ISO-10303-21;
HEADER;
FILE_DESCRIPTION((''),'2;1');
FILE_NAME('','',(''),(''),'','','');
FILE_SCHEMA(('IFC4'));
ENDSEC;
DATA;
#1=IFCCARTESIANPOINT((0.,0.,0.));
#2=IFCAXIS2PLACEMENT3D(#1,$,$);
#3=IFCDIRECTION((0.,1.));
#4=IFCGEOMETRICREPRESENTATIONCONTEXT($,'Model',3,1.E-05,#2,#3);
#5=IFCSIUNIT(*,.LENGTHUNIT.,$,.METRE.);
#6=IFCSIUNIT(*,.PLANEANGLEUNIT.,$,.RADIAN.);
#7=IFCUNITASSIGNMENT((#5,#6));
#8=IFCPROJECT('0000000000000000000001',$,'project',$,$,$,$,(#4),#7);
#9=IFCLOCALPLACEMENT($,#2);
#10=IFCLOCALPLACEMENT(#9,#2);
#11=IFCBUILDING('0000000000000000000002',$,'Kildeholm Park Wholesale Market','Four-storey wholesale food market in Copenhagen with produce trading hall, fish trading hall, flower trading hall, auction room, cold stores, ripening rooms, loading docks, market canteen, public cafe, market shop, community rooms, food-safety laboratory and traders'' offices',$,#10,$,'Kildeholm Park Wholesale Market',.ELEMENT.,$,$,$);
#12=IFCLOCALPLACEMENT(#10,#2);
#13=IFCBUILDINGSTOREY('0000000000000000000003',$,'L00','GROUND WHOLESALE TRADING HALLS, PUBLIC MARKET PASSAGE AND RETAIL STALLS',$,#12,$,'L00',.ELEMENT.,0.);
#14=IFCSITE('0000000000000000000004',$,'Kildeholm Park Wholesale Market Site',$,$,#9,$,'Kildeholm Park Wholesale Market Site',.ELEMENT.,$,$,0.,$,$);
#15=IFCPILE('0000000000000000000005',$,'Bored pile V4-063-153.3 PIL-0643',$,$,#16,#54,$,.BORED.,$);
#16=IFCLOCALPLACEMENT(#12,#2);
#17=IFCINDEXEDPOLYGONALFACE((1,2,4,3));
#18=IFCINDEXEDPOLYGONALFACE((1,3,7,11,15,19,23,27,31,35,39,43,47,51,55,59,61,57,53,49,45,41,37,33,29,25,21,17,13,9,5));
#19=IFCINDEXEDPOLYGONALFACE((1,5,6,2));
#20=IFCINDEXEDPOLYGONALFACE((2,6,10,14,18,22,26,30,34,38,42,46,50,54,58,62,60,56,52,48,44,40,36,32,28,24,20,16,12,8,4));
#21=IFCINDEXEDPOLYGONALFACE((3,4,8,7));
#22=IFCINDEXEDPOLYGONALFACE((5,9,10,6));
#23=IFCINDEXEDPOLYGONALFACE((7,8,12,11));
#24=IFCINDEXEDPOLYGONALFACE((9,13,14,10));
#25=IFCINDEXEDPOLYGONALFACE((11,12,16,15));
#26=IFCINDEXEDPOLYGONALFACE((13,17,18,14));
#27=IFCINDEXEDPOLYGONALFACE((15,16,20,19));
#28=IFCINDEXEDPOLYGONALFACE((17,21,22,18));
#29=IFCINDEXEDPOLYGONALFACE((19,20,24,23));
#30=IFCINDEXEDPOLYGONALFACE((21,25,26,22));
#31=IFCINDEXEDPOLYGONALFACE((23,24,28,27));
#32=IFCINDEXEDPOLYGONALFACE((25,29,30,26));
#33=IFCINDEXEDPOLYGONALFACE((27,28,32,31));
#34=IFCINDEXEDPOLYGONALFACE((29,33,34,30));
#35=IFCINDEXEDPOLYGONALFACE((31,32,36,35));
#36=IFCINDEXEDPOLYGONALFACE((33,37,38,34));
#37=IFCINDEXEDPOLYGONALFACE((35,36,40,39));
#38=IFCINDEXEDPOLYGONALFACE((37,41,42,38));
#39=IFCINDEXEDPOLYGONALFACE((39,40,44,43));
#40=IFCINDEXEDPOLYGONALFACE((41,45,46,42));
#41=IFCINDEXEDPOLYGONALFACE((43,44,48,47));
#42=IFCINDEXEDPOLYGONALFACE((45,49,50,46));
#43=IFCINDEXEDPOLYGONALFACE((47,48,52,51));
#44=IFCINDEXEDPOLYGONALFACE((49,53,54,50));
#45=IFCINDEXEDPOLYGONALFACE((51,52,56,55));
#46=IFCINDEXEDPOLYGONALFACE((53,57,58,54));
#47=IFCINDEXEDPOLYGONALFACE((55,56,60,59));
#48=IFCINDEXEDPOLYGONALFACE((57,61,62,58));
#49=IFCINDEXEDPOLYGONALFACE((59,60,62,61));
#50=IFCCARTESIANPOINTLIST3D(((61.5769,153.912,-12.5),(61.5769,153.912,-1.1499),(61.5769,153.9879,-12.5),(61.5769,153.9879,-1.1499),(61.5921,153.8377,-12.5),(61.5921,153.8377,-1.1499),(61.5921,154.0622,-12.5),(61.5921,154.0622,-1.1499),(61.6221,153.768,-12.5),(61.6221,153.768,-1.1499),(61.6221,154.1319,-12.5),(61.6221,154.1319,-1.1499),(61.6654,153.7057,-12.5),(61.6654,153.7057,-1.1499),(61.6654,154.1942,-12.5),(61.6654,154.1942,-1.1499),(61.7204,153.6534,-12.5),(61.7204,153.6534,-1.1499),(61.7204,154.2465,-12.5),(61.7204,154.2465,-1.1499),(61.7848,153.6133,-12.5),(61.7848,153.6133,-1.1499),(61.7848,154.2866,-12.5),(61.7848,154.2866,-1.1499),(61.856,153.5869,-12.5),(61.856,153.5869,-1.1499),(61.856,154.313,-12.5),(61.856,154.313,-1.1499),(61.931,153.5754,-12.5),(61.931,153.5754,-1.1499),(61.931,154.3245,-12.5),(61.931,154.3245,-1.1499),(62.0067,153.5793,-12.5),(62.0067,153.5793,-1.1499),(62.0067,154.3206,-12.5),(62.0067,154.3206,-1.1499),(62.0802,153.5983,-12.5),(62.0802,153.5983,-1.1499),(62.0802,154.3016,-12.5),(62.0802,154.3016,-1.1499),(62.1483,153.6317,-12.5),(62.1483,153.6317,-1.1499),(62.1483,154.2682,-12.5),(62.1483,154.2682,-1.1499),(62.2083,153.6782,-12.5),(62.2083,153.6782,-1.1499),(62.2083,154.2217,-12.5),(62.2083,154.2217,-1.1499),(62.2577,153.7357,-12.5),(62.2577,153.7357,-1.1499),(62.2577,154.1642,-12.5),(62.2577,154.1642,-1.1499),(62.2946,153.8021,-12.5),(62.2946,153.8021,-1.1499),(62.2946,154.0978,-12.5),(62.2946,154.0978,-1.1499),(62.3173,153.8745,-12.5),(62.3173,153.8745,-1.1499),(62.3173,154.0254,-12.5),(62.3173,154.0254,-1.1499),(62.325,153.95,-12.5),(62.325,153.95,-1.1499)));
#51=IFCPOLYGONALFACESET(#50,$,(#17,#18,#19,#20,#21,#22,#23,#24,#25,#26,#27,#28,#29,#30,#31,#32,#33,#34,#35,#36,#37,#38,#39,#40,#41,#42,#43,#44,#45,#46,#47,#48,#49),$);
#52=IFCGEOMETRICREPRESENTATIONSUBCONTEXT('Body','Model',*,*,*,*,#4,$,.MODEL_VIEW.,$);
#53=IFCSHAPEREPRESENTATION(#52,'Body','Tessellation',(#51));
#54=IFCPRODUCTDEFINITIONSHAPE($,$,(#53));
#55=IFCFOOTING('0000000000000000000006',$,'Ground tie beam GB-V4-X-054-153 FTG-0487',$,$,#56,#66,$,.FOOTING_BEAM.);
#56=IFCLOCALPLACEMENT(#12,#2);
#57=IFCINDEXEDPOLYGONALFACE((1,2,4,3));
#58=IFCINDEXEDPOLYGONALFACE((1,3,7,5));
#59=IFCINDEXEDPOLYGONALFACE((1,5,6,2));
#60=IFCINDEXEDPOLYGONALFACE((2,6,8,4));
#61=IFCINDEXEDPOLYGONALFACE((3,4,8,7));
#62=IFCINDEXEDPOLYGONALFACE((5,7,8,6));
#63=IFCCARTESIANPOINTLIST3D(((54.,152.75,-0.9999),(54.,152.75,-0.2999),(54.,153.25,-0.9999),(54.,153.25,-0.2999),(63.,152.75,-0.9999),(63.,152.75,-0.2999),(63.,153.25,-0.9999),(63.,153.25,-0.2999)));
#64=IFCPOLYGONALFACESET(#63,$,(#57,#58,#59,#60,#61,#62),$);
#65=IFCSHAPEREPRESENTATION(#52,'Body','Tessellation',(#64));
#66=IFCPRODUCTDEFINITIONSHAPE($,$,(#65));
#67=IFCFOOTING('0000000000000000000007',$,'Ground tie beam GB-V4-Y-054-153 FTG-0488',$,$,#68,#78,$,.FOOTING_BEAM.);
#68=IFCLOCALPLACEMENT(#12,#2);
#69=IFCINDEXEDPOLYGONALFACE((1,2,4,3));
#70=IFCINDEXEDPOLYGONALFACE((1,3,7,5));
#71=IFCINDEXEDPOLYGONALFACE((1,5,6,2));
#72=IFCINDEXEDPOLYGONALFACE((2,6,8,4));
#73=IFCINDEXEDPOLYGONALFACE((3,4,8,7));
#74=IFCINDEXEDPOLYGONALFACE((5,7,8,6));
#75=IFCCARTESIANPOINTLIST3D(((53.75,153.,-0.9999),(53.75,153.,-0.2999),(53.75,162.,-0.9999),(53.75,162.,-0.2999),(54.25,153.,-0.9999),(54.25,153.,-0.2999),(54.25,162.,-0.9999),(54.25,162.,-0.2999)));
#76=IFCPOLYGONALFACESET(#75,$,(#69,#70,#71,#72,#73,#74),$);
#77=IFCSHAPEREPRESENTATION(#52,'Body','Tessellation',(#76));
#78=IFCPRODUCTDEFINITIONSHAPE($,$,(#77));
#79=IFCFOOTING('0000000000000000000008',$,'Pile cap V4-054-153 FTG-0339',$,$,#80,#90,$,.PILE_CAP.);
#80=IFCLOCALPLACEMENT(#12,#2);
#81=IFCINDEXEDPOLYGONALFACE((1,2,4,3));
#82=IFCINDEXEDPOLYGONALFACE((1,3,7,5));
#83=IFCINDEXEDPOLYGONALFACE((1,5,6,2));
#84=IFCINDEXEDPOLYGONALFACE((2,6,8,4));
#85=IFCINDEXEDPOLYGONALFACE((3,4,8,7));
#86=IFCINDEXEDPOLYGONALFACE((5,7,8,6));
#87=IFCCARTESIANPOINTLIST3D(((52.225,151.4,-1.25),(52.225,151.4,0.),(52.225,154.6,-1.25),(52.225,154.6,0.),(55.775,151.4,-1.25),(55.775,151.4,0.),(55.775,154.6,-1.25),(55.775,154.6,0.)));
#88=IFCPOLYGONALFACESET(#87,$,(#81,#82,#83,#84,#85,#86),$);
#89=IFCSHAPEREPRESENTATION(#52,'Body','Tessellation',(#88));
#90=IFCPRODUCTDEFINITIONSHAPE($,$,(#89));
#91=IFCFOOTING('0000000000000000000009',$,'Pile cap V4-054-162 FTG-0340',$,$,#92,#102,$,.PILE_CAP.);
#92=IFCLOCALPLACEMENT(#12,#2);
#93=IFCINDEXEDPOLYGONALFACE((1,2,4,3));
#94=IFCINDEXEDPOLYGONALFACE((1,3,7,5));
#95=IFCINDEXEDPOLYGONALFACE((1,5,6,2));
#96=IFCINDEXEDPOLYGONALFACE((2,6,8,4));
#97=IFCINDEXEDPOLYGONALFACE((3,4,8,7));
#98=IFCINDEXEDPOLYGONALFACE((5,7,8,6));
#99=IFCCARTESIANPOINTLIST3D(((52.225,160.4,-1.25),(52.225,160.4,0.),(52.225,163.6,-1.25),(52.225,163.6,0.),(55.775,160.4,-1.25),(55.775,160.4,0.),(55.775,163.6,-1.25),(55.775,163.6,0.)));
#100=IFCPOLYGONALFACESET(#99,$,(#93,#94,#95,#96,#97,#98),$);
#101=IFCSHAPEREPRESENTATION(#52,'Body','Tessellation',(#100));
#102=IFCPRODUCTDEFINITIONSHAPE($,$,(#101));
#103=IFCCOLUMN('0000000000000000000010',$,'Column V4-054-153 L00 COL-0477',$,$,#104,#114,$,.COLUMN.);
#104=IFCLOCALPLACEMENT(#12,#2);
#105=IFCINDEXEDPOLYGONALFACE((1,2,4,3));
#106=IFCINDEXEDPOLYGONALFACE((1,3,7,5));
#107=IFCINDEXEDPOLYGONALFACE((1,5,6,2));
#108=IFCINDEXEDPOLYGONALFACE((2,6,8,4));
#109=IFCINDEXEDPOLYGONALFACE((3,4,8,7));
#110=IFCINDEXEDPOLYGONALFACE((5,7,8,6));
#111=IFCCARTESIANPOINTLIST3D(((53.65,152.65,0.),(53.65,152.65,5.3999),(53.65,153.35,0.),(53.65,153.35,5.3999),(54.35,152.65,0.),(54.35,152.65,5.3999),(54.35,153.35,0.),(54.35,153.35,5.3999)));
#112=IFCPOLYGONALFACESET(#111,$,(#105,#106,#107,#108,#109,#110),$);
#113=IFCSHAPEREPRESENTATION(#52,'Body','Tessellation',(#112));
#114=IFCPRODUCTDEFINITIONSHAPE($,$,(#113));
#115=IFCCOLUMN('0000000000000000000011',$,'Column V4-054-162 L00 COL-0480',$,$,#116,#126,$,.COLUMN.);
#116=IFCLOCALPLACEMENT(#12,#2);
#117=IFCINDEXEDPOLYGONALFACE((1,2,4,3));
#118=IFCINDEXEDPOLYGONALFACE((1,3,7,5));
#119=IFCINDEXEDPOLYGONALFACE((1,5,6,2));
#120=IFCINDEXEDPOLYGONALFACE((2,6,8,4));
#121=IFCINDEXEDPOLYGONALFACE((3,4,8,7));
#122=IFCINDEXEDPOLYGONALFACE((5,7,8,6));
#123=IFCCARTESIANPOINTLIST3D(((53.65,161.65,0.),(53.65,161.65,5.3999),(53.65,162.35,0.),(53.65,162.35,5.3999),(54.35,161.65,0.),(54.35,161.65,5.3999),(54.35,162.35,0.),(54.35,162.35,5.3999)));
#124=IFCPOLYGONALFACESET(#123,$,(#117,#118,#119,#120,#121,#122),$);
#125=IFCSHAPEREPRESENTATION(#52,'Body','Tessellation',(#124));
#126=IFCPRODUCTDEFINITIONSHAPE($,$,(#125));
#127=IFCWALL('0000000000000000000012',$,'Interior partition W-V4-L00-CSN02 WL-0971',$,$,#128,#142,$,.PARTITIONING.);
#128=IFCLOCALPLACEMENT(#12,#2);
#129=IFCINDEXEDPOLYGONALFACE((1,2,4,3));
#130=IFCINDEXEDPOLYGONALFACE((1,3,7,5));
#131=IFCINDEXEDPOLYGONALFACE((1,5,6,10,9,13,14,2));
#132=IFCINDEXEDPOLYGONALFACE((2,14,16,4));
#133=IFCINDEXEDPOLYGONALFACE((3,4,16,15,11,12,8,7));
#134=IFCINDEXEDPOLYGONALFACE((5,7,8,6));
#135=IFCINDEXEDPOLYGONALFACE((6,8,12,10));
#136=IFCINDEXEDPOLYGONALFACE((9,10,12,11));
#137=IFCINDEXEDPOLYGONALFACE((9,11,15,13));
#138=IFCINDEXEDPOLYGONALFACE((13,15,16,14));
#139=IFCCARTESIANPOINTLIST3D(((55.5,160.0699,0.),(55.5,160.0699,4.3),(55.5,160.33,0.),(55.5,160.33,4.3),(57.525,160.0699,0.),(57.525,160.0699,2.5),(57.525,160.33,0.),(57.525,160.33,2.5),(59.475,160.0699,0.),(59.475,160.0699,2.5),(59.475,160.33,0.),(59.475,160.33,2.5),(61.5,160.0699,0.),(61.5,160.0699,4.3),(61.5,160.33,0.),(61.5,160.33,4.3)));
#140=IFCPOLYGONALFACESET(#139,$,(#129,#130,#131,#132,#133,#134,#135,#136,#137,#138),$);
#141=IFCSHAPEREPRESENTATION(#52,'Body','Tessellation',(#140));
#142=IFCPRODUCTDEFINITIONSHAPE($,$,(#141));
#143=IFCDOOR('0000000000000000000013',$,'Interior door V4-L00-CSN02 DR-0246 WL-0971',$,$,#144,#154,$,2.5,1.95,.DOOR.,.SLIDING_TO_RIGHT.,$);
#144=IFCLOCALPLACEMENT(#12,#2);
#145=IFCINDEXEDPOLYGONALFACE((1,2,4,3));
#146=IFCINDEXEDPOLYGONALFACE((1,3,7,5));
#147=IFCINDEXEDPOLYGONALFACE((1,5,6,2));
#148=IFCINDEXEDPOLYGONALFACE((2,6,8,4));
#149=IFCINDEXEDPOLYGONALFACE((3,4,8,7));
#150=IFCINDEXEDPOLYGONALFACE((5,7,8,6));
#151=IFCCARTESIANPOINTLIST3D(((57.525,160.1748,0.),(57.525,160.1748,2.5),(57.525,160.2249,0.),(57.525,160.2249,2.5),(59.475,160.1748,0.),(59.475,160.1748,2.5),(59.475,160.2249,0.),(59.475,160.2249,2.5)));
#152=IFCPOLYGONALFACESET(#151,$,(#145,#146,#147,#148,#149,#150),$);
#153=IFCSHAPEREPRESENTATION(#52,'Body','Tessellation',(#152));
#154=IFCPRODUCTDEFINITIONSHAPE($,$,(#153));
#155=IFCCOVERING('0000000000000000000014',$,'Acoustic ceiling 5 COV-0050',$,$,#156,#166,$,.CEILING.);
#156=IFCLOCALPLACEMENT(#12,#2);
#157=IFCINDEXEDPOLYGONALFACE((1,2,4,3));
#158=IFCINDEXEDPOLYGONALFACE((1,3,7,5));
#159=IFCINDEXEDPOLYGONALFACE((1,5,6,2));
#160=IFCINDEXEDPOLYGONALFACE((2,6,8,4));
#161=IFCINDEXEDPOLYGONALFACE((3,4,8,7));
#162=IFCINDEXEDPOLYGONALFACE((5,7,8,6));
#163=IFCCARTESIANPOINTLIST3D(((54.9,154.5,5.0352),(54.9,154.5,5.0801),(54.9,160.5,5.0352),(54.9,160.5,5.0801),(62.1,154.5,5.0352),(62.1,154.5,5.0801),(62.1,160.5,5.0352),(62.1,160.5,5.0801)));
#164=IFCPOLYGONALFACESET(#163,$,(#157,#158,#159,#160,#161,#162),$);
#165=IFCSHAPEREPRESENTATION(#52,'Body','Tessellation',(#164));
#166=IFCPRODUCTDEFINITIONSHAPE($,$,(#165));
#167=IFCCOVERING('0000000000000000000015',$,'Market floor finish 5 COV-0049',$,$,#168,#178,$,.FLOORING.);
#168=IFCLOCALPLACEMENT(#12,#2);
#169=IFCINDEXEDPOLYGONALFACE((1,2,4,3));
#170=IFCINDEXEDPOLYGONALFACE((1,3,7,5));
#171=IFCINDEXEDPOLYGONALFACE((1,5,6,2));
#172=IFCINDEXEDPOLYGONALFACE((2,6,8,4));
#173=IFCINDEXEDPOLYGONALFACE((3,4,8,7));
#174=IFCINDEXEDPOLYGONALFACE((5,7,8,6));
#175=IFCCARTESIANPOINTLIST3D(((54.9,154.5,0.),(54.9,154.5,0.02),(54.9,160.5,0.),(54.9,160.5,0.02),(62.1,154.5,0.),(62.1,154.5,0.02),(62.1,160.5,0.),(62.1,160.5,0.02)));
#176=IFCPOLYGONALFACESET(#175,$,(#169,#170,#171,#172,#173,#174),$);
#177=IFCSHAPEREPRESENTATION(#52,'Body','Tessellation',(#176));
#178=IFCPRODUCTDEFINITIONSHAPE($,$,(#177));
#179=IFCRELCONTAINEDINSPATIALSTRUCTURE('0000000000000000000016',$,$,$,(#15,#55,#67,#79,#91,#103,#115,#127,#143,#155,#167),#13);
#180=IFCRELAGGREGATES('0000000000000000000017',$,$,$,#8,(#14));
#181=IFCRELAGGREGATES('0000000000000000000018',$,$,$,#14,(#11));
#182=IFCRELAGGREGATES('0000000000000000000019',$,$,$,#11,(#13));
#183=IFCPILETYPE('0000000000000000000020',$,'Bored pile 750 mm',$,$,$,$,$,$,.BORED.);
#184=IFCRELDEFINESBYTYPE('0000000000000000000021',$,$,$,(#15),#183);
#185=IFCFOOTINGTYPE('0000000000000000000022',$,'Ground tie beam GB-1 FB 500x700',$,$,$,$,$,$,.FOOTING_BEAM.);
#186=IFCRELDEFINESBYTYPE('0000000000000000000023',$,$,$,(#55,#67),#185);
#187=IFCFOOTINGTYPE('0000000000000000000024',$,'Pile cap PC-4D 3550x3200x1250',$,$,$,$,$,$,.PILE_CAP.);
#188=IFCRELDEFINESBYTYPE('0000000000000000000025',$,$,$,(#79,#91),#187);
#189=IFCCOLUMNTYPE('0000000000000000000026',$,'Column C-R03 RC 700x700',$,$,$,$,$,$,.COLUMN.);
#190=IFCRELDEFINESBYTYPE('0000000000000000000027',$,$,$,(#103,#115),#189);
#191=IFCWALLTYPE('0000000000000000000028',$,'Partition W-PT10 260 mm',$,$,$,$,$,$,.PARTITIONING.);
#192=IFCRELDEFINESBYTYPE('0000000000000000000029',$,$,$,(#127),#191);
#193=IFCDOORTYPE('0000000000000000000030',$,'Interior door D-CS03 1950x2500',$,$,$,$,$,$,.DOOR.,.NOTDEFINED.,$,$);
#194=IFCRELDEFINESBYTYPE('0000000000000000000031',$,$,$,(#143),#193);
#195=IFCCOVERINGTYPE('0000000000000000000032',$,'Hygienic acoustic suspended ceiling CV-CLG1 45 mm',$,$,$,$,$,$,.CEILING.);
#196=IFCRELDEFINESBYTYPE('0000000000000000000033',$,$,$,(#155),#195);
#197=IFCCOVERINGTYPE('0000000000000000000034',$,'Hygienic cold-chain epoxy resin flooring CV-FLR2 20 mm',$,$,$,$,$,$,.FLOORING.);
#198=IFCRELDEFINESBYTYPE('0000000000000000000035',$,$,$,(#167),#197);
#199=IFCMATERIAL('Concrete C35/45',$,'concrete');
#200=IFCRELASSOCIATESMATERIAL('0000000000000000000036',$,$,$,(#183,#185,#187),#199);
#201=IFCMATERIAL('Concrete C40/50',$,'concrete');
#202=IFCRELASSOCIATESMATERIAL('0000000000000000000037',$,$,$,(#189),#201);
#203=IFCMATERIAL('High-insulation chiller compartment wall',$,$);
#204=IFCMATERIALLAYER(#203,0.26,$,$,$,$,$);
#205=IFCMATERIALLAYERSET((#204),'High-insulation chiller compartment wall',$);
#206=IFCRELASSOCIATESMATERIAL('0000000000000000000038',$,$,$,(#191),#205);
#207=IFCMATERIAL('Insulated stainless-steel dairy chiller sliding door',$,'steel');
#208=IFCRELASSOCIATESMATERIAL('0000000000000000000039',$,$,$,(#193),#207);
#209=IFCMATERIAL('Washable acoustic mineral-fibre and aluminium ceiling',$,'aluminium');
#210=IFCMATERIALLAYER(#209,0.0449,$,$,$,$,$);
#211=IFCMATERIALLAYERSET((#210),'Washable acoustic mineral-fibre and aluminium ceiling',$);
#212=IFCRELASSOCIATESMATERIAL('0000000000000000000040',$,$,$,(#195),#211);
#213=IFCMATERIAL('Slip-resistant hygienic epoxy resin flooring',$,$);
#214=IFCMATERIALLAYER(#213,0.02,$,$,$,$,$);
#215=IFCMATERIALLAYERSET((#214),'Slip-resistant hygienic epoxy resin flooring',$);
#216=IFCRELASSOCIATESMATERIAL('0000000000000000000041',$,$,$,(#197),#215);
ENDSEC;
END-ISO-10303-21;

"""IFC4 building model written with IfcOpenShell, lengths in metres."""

from ifc_helpers import new_model, si_unit, direction, frame, frame_2d, origin, origin_2d, place, context, subcontext, project, spatial, rectangle, circle, extrude, material, layer, layer_set, material_profile, profile_set, type_object, element, fill, save


model = new_model("IFC4")

# Units and contexts
model_context = context("Model", 3, precision=1e-05, world=origin(), true_north=direction((0.0, 1.0)))
body_context = subcontext(model_context, "Body", "Model", "MODEL_VIEW")
ifc_project = project(units=[si_unit("LENGTHUNIT", "METRE"), si_unit("PLANEANGLEUNIT", "RADIAN")], contexts=[model_context])

# Site, building, storey
site_placement = place(None, origin())
site = spatial("IfcSite", under=ifc_project, at=site_placement, Name="Kildeholm Park Wholesale Market Site", LongName="Kildeholm Park Wholesale Market Site", CompositionType="ELEMENT", RefElevation=0.0)
building_placement = place(site_placement, origin())
building = spatial("IfcBuilding", under=site, at=building_placement, Name="Kildeholm Park Wholesale Market", Description="Four-storey wholesale food market in Copenhagen with produce trading hall, fish trading hall, flower trading hall, auction room, cold stores, ripening rooms, loading docks, market canteen, public cafe, market shop, community rooms, food-safety laboratory and traders' offices", LongName="Kildeholm Park Wholesale Market", CompositionType="ELEMENT")
storey_placement = place(building_placement, origin())
storey = spatial("IfcBuildingStorey", under=building, at=storey_placement, Name="L00", Description="GROUND WHOLESALE TRADING HALLS, PUBLIC MARKET PASSAGE AND RETAIL STALLS", LongName="L00", CompositionType="ELEMENT", Elevation=0.0)

# Pile
ifc_material_1 = material(Name="Concrete C35/45", Category="concrete")
ifc_material_profile_1 = material_profile(ifc_material_1, circle(Radius=0.375, at=origin_2d()), Name="PILE D750")
ifc_profile_set_1 = profile_set([ifc_material_profile_1], Name="Concrete C35/45")
pile_type = type_object("IfcPileType", Name="Bored pile 750 mm", PredefinedType="BORED", material=ifc_profile_set_1)
for number, where, z_axis, x_axis, name in (
    (1, (61.95, 153.95, -1.1499), (0.0, 0.0, -1.0), (1.0, 0.0, 0.0), "Bored pile V4-063-153.3 PIL-0643"),
):
    element("IfcPile", number, at=place(storey_placement, frame(where, z_axis=z_axis, x_axis=x_axis)), inside=storey, type_object=pile_type, Name=name, PredefinedType="BORED", context=body_context, shape_type="SweptSolid", body=[
        extrude(circle(Radius=0.375, at=origin_2d()), origin(), (0.0, 0.0, 1.0), 11.3501),
    ])

# Footings
ifc_material_profile_2 = material_profile(ifc_material_1, rectangle(XDim=0.5, YDim=0.7, at=origin_2d()), Name="FB 500x700")
ifc_profile_set_2 = profile_set([ifc_material_profile_2], Name="Concrete C35/45")
footing_type_1 = type_object("IfcFootingType", Name="Ground tie beam GB-1 FB 500x700", PredefinedType="FOOTING_BEAM", material=ifc_profile_set_2)
for number, where, z_axis, x_axis, name in (
    (2, (54.0, 153.0, -0.6499), (1.0, 0.0, 0.0), (0.0, 1.0, 0.0), "Ground tie beam GB-V4-X-054-153 FTG-0487"),
    (3, (54.0, 153.0, -0.6499), (0.0, 1.0, 0.0), (-1.0, 0.0, 0.0), "Ground tie beam GB-V4-Y-054-153 FTG-0488"),
):
    element("IfcFooting", number, at=place(storey_placement, frame(where, z_axis=z_axis, x_axis=x_axis)), inside=storey, type_object=footing_type_1, Name=name, PredefinedType="FOOTING_BEAM", context=body_context, shape_type="SweptSolid", body=[
        extrude(rectangle(XDim=0.5, YDim=0.7, at=origin_2d()), origin(), (0.0, 0.0, 1.0), 9.0),
    ])
footing_type_2 = type_object("IfcFootingType", Name="Pile cap PC-4D 3550x3200x1250", PredefinedType="PILE_CAP", material=ifc_material_1)
for number, where, z_axis, x_axis, name in (
    (4, (54.0, 153.0, -1.25), (0.0, 0.0, 1.0), (1.0, 0.0, 0.0), "Pile cap V4-054-153 FTG-0339"),
    (5, (54.0, 162.0, -1.25), (0.0, 0.0, 1.0), (1.0, 0.0, 0.0), "Pile cap V4-054-162 FTG-0340"),
):
    element("IfcFooting", number, at=place(storey_placement, frame(where, z_axis=z_axis, x_axis=x_axis)), inside=storey, type_object=footing_type_2, Name=name, PredefinedType="PILE_CAP", context=body_context, shape_type="SweptSolid", body=[
        extrude(rectangle(XDim=3.55, YDim=3.2, at=origin_2d()), origin(), (0.0, 0.0, 1.0), 1.25),
    ])

# Columns
ifc_material_2 = material(Name="Concrete C40/50", Category="concrete")
ifc_material_profile_3 = material_profile(ifc_material_2, rectangle(XDim=0.7, YDim=0.7, at=origin_2d()), Name="RC 700x700")
ifc_profile_set_3 = profile_set([ifc_material_profile_3], Name="Concrete C40/50")
column_type = type_object("IfcColumnType", Name="Column C-R03 RC 700x700", PredefinedType="COLUMN", material=ifc_profile_set_3)
for number, where, z_axis, x_axis, name in (
    (6, (54.0, 153.0, 0.0), (0.0, 0.0, 1.0), (1.0, 0.0, 0.0), "Column V4-054-153 L00 COL-0477"),
    (7, (54.0, 162.0, 0.0), (0.0, 0.0, 1.0), (1.0, 0.0, 0.0), "Column V4-054-162 L00 COL-0480"),
):
    element("IfcColumn", number, at=place(storey_placement, frame(where, z_axis=z_axis, x_axis=x_axis)), inside=storey, type_object=column_type, Name=name, PredefinedType="COLUMN", context=body_context, shape_type="SweptSolid", body=[
        extrude(rectangle(XDim=0.7, YDim=0.7, at=origin_2d()), origin(), (0.0, 0.0, 1.0), 5.3999),
    ])

# Wall, opening, door
ifc_material_3 = material(Name="High-insulation chiller compartment wall")
ifc_layer_1 = layer(ifc_material_3, 0.26)
ifc_layer_set_1 = layer_set([ifc_layer_1], Name="High-insulation chiller compartment wall")
wall_type = type_object("IfcWallType", Name="Partition W-PT10 260 mm", PredefinedType="PARTITIONING", material=ifc_layer_set_1)
wall_placement = place(storey_placement, frame((55.5, 160.2, 0.0), z_axis=(0.0, 0.0, 1.0), x_axis=(1.0, 0.0, 0.0)))
wall = element("IfcWall", 8, at=wall_placement, inside=storey, type_object=wall_type, Name="Interior partition W-V4-L00-CSN02 WL-0971", PredefinedType="PARTITIONING", context=body_context, shape_type="SweptSolid", body=[
    extrude(rectangle(XDim=6.0, YDim=0.26, at=frame_2d((3.0, 0.0))), origin(), (0.0, 0.0, 1.0), 4.3),
])
opening_placement = place(wall_placement, frame((2.0249, 0.0, 0.0)))
opening = element("IfcOpeningElement", 9, at=opening_placement, cuts=wall, PredefinedType="OPENING", context=body_context, shape_type="SweptSolid", body=[
    extrude(rectangle(XDim=1.95, YDim=2.5, at=frame_2d((0.9751, 1.25))), frame((0.0, 0.1399, 0.0), z_axis=(0.0, -1.0, 0.0), x_axis=(1.0, 0.0, 0.0)), (0.0, 0.0, 1.0), 0.28),
])
ifc_material_4 = material(Name="Insulated stainless-steel dairy chiller sliding door", Category="steel")
door_type = type_object("IfcDoorType", Name="Interior door D-CS03 1950x2500", OperationType="NOTDEFINED", PredefinedType="DOOR", material=ifc_material_4)
door_placement = place(opening_placement, origin())
door = element("IfcDoor", 10, at=door_placement, inside=storey, type_object=door_type, Name="Interior door V4-L00-CSN02 DR-0246 WL-0971", OperationType="SLIDING_TO_RIGHT", OverallHeight=2.5, OverallWidth=1.95, PredefinedType="DOOR", context=body_context, shape_type="SweptSolid", body=[
    extrude(rectangle(XDim=1.95, YDim=2.5, at=frame_2d((0.9751, 1.25))), frame((0.0, 0.0249, 0.0), z_axis=(0.0, -1.0, 0.0), x_axis=(1.0, 0.0, 0.0)), (0.0, 0.0, 1.0), 0.05),
])
fill(opening, door)

# Coverings
ifc_material_5 = material(Name="Washable acoustic mineral-fibre and aluminium ceiling", Category="aluminium")
ifc_layer_2 = layer(ifc_material_5, 0.0449)
ifc_layer_set_2 = layer_set([ifc_layer_2], Name="Washable acoustic mineral-fibre and aluminium ceiling")
covering_type_1 = type_object("IfcCoveringType", Name="Hygienic acoustic suspended ceiling CV-CLG1 45 mm", PredefinedType="CEILING", material=ifc_layer_set_2)
covering_1_placement = place(storey_placement, frame((58.5, 157.5, 5.0352), z_axis=(0.0, 0.0, 1.0), x_axis=(1.0, 0.0, 0.0)))
element("IfcCovering", 11, at=covering_1_placement, inside=storey, type_object=covering_type_1, Name="Acoustic ceiling 5 COV-0050", PredefinedType="CEILING", context=body_context, shape_type="SweptSolid", body=[
    extrude(rectangle(XDim=7.2, YDim=6.0, at=origin_2d()), origin(), (0.0, 0.0, 1.0), 0.0449),
])
ifc_material_6 = material(Name="Slip-resistant hygienic epoxy resin flooring")
ifc_layer_3 = layer(ifc_material_6, 0.02)
ifc_layer_set_3 = layer_set([ifc_layer_3], Name="Slip-resistant hygienic epoxy resin flooring")
covering_type_2 = type_object("IfcCoveringType", Name="Hygienic cold-chain epoxy resin flooring CV-FLR2 20 mm", PredefinedType="FLOORING", material=ifc_layer_set_3)
covering_2_placement = place(storey_placement, frame((58.5, 157.5, 0.0), z_axis=(0.0, 0.0, 1.0), x_axis=(1.0, 0.0, 0.0)))
element("IfcCovering", 12, at=covering_2_placement, inside=storey, type_object=covering_type_2, Name="Market floor finish 5 COV-0049", PredefinedType="FLOORING", context=body_context, shape_type="SweptSolid", body=[
    extrude(rectangle(XDim=7.2, YDim=6.0, at=origin_2d()), origin(), (0.0, 0.0, 1.0), 0.02),
])

save(model, "model.ifc")
